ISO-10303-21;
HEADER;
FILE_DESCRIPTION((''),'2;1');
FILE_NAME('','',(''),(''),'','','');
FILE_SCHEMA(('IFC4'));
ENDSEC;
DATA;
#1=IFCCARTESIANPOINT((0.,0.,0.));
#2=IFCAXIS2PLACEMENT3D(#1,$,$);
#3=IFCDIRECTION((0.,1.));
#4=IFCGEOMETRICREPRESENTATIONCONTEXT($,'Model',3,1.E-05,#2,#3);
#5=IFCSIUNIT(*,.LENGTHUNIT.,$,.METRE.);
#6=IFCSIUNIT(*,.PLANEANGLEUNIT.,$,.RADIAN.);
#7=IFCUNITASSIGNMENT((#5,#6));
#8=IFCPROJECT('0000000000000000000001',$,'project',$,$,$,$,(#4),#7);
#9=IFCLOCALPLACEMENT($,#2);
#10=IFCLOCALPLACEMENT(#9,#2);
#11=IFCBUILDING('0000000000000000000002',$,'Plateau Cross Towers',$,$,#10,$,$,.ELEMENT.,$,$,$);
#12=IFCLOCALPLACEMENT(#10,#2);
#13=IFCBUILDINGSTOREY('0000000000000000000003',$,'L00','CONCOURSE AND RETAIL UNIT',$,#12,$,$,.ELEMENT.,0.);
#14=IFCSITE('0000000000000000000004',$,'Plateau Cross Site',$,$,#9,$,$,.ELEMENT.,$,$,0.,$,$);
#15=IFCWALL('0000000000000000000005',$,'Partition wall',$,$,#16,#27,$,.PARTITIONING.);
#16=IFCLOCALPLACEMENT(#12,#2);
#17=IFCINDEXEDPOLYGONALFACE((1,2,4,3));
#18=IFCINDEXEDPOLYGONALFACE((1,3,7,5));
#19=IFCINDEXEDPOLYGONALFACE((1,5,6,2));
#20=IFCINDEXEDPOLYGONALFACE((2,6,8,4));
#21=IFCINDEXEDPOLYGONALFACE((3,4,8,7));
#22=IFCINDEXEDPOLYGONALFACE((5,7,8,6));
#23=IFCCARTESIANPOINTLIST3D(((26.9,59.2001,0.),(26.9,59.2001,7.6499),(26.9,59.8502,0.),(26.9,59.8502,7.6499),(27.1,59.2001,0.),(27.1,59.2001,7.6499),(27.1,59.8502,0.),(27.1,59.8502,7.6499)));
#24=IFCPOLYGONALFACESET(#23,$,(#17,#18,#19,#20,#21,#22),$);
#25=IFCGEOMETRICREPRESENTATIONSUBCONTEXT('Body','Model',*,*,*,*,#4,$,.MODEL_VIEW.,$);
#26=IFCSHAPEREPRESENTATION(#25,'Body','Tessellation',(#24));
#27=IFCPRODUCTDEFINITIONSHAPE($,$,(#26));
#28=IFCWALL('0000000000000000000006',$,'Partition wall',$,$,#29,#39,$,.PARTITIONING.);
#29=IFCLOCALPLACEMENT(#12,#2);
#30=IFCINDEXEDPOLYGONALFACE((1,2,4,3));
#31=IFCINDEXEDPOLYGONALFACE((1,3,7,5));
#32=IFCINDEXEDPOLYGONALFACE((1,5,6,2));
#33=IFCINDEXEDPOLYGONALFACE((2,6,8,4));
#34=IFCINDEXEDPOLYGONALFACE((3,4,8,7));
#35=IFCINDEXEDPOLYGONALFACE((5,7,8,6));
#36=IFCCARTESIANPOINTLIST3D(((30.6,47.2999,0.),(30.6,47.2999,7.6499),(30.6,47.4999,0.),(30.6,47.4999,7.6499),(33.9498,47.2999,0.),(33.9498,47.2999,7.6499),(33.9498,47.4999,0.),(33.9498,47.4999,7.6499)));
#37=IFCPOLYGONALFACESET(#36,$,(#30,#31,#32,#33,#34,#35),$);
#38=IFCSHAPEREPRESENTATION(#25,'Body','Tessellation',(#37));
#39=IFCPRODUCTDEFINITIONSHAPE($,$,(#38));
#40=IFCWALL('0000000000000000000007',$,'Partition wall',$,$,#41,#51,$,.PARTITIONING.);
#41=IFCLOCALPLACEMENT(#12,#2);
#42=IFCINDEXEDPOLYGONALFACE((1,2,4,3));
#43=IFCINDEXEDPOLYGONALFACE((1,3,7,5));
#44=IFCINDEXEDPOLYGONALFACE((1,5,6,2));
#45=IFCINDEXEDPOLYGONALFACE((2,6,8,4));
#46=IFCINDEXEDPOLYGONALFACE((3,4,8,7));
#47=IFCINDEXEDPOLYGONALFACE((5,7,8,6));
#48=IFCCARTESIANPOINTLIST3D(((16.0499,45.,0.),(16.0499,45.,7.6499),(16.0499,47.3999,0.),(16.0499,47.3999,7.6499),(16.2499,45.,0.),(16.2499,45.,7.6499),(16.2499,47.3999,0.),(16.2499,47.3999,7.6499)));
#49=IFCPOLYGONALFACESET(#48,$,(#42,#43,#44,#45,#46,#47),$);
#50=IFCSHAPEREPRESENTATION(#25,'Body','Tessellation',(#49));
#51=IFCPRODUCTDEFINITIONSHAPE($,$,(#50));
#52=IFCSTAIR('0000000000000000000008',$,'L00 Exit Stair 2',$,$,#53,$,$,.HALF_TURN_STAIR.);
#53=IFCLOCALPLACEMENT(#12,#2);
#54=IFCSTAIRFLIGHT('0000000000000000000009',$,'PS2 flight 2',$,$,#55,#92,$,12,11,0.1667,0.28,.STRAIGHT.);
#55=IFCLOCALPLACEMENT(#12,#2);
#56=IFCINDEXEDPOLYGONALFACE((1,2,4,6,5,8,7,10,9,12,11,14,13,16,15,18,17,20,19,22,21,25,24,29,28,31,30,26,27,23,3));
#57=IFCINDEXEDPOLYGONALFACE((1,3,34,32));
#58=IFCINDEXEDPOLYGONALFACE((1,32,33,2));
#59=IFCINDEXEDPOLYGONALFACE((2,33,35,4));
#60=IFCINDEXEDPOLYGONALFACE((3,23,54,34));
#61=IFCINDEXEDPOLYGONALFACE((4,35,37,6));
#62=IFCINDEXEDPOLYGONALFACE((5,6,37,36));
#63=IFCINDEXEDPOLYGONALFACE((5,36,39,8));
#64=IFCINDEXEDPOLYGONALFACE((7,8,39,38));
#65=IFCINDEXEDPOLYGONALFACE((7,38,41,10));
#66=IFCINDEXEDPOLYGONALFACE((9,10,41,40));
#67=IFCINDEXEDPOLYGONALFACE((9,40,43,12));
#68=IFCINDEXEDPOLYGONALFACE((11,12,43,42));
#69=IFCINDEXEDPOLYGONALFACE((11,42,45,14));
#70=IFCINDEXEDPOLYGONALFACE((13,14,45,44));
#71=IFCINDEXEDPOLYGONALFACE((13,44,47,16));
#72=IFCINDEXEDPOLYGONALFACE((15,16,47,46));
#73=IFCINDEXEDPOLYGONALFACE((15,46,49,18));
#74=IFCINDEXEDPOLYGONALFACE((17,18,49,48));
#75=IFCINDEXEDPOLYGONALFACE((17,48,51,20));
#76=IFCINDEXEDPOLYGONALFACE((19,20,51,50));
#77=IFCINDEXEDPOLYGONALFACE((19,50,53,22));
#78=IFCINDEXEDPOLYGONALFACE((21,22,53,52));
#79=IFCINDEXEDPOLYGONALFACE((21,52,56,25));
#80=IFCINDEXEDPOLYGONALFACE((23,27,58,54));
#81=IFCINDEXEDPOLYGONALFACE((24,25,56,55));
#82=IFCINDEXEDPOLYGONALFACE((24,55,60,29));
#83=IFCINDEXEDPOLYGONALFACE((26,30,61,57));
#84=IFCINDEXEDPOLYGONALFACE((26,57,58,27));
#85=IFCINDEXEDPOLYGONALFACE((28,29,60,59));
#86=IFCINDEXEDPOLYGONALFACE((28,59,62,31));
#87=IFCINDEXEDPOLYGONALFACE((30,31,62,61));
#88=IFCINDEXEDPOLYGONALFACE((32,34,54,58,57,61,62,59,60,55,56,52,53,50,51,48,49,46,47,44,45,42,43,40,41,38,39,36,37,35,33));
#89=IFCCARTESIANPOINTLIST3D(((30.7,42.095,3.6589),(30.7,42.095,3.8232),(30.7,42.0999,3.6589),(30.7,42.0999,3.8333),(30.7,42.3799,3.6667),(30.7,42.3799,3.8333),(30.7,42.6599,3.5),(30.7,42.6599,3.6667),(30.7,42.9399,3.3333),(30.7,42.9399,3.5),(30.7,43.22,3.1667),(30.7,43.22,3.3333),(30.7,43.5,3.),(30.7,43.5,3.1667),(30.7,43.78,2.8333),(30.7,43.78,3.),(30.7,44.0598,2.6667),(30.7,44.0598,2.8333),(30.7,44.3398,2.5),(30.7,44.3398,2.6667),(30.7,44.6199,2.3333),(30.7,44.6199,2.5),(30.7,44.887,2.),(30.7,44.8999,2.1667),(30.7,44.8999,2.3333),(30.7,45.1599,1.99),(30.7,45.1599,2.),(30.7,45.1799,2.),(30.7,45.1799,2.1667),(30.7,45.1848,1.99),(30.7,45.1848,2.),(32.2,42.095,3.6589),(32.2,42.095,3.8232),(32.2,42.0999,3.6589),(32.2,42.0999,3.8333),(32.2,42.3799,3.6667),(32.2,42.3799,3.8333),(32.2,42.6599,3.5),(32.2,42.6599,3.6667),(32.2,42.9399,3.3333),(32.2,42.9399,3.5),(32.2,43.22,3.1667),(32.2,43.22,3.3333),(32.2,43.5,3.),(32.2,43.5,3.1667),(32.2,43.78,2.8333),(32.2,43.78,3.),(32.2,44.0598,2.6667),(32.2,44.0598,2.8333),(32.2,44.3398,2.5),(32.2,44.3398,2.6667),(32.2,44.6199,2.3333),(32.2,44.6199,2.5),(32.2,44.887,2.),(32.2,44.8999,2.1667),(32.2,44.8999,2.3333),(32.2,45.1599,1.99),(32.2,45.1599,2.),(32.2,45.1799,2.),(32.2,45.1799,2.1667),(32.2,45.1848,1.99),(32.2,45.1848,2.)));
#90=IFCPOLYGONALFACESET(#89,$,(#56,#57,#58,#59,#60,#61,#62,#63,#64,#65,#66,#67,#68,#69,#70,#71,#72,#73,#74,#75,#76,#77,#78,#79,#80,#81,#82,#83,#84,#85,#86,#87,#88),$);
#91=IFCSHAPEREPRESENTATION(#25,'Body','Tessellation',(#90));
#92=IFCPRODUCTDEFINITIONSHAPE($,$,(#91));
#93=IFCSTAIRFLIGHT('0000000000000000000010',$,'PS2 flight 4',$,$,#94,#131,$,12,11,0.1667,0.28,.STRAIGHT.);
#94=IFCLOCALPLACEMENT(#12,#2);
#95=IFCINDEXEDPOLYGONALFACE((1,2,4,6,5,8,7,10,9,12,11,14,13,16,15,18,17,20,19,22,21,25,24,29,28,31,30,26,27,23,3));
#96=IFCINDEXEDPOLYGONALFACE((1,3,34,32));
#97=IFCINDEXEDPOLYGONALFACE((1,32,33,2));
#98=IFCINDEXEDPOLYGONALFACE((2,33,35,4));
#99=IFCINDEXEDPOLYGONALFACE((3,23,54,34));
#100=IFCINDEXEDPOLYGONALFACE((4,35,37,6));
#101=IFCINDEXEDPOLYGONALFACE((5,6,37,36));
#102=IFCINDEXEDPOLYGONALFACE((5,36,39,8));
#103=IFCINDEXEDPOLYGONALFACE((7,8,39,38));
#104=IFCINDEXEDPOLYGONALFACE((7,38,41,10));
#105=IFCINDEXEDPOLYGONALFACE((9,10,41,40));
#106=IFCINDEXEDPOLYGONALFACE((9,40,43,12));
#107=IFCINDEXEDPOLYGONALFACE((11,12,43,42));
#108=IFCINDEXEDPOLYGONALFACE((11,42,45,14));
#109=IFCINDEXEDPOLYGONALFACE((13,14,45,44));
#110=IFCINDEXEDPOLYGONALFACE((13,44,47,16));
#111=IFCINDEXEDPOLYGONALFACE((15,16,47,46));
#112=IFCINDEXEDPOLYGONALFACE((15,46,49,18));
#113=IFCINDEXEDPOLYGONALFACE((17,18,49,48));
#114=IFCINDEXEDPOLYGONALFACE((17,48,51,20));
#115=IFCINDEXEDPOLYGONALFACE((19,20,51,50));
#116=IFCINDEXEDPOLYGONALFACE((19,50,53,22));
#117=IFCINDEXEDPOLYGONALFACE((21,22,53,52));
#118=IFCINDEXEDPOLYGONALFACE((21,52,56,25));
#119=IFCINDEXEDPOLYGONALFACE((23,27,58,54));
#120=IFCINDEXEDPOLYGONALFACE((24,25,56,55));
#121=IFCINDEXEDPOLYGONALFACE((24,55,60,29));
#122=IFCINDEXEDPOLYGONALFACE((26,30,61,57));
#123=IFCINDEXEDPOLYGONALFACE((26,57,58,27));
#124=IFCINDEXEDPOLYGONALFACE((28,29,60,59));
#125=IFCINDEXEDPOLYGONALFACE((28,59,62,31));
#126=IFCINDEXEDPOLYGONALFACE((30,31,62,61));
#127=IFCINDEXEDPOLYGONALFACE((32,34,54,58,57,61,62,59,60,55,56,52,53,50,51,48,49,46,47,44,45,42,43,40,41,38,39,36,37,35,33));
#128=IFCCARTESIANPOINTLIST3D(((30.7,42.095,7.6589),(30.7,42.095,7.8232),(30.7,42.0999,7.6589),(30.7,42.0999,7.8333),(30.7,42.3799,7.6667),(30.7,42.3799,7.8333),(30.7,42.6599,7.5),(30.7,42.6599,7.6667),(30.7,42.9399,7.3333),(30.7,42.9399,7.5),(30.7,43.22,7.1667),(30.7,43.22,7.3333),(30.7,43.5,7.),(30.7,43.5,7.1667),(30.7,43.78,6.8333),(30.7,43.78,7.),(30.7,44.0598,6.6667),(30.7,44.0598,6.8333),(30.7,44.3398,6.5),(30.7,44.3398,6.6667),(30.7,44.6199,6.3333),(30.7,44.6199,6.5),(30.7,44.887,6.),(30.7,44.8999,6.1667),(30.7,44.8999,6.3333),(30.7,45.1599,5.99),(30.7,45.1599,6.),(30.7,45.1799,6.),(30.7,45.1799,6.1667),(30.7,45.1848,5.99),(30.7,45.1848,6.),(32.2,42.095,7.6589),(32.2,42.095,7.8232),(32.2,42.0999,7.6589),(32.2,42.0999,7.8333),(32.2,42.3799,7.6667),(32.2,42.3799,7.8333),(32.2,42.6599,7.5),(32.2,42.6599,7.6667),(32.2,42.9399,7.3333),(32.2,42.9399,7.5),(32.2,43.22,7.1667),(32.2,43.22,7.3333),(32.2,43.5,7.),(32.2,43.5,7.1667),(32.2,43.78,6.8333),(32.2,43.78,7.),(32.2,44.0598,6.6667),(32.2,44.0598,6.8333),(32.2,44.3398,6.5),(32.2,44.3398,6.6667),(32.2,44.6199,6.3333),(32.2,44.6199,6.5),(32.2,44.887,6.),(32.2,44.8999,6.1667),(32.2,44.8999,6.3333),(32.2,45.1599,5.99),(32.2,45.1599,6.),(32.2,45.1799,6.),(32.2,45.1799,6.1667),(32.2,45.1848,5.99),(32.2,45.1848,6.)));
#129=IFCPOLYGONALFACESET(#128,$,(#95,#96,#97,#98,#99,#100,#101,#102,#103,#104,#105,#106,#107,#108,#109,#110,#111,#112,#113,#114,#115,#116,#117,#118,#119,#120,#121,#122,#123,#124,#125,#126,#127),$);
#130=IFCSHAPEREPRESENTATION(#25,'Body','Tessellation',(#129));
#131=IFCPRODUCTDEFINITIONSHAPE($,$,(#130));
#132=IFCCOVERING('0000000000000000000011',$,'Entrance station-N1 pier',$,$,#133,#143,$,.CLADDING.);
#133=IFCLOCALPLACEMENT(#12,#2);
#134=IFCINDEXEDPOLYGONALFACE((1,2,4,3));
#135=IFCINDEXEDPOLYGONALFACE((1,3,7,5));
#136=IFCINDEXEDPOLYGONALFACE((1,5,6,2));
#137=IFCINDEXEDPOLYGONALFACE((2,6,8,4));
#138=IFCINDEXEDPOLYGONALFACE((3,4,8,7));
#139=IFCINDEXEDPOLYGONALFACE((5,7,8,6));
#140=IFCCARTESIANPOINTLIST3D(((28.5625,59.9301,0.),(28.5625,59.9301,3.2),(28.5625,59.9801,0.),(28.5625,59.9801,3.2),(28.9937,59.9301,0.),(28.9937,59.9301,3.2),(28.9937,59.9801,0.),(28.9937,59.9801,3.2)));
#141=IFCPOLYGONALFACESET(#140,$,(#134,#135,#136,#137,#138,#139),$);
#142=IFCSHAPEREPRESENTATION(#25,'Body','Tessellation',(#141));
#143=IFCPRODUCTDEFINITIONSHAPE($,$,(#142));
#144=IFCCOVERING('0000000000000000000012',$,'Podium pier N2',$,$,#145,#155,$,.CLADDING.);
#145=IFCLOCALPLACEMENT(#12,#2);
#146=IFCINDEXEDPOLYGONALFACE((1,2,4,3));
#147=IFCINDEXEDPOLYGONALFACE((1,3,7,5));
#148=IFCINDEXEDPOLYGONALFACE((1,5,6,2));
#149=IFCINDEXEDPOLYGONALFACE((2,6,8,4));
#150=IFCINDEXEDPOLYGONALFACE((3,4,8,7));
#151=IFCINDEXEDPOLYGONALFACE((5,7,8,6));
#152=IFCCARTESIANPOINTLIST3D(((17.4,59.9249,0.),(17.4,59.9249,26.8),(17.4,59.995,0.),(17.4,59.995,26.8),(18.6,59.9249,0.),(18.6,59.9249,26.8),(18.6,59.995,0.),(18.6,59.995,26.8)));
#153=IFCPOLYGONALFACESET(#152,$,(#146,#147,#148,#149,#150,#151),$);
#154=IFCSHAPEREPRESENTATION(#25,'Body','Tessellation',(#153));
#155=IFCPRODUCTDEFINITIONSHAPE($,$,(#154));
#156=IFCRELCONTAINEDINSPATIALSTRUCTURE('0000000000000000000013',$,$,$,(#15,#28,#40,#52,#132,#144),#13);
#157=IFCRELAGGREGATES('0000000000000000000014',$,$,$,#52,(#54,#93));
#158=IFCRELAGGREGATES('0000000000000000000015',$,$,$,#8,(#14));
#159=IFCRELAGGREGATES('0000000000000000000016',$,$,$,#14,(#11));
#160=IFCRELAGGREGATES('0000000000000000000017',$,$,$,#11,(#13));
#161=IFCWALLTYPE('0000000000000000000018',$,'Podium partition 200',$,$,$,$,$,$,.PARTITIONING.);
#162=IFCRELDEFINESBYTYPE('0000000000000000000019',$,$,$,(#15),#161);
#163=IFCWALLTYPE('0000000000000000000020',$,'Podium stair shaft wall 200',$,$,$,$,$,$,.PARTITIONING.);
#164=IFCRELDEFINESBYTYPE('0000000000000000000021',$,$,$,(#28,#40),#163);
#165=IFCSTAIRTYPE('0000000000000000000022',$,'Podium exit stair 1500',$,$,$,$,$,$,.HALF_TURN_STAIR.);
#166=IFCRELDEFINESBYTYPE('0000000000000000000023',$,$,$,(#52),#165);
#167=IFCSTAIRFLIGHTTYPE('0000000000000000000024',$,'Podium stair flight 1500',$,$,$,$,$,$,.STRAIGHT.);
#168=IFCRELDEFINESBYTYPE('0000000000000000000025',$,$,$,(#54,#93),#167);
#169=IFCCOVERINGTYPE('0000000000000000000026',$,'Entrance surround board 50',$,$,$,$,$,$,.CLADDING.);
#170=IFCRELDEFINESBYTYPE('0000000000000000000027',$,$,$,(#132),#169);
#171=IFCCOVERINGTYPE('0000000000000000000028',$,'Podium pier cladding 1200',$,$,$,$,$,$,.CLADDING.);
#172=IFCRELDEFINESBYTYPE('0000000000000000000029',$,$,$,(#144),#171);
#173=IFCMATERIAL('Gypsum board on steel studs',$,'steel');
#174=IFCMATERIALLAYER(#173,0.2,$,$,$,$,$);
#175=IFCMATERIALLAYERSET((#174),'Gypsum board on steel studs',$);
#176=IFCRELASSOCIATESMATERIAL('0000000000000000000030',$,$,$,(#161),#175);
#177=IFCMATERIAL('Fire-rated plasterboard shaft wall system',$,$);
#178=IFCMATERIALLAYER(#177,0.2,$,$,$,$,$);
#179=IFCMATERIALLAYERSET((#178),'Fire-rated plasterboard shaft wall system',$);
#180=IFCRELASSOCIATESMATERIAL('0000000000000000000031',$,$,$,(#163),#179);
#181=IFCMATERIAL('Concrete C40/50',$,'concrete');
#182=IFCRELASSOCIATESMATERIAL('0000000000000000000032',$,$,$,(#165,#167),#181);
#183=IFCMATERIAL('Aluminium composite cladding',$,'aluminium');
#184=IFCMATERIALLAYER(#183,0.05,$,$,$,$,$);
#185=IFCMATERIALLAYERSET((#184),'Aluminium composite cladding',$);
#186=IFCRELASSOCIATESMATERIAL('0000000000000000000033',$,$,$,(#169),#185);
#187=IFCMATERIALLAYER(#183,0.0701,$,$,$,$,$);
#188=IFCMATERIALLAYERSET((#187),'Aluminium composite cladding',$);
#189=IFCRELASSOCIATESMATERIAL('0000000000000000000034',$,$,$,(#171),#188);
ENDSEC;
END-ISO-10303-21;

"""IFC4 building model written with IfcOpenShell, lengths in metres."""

from ifc_helpers import new_model, si_unit, direction, frame, frame_2d, origin, origin_2d, place, context, subcontext, project, spatial, polyline, rectangle, outline, extrude, material, layer, layer_set, type_object, element, aggregate, save


model = new_model("IFC4")

# Units and contexts
model_context = context("Model", 3, precision=1e-05, world=origin(), true_north=direction((0.0, 1.0)))
body_context = subcontext(model_context, "Body", "Model", "MODEL_VIEW")
ifc_project = project(units=[si_unit("LENGTHUNIT", "METRE"), si_unit("PLANEANGLEUNIT", "RADIAN")], contexts=[model_context])

# Site, building, storey
site_placement = place(None, origin())
site = spatial("IfcSite", under=ifc_project, at=site_placement, Name="Plateau Cross Site", CompositionType="ELEMENT", RefElevation=0.0)
building_placement = place(site_placement, origin())
building = spatial("IfcBuilding", under=site, at=building_placement, Name="Plateau Cross Towers", CompositionType="ELEMENT")
storey_placement = place(building_placement, origin())
storey = spatial("IfcBuildingStorey", under=building, at=storey_placement, Name="L00", Description="CONCOURSE AND RETAIL UNIT", CompositionType="ELEMENT", Elevation=0.0)

# Walls
ifc_material_1 = material(Name="Gypsum board on steel studs", Category="steel")
ifc_layer_1 = layer(ifc_material_1, 0.2)
ifc_layer_set_1 = layer_set([ifc_layer_1], Name="Gypsum board on steel studs")
wall_type_1 = type_object("IfcWallType", Name="Podium partition 200", PredefinedType="PARTITIONING", material=ifc_layer_set_1)
wall_1_placement = place(storey_placement, frame((27.0, 59.2, 0.0), z_axis=(0.0, 0.0, 1.0), x_axis=(0.0, 1.0, 0.0)))
element("IfcWall", 1, at=wall_1_placement, inside=storey, type_object=wall_type_1, Name="Partition wall", PredefinedType="PARTITIONING", context=body_context, shape_type="SweptSolid", body=[
    extrude(rectangle(XDim=0.6501, YDim=0.2, at=frame_2d((0.3252, 0.0))), origin(), (0.0, 0.0, 1.0), 7.6499),
])
ifc_material_2 = material(Name="Fire-rated plasterboard shaft wall system")
ifc_layer_2 = layer(ifc_material_2, 0.2)
ifc_layer_set_2 = layer_set([ifc_layer_2], Name="Fire-rated plasterboard shaft wall system")
wall_type_2 = type_object("IfcWallType", Name="Podium stair shaft wall 200", PredefinedType="PARTITIONING", material=ifc_layer_set_2)
wall_2_placement = place(storey_placement, frame((30.6001, 47.3999, 0.0), z_axis=(0.0, 0.0, 1.0), x_axis=(1.0, 0.0, 0.0)))
element("IfcWall", 2, at=wall_2_placement, inside=storey, type_object=wall_type_2, Name="Partition wall", PredefinedType="PARTITIONING", context=body_context, shape_type="SweptSolid", body=[
    extrude(rectangle(XDim=3.3499, YDim=0.2, at=frame_2d((1.6748, 0.0))), origin(), (0.0, 0.0, 1.0), 7.6499),
])
wall_3_placement = place(storey_placement, frame((16.1499, 47.3999, 0.0), z_axis=(0.0, 0.0, 1.0), x_axis=(0.0, -1.0, 0.0)))
element("IfcWall", 3, at=wall_3_placement, inside=storey, type_object=wall_type_2, Name="Partition wall", PredefinedType="PARTITIONING", context=body_context, shape_type="SweptSolid", body=[
    extrude(rectangle(XDim=2.3999, YDim=0.2, at=frame_2d((1.2, 0.0))), origin(), (0.0, 0.0, 1.0), 7.6499),
])

# Stair, stair flights
ifc_material_3 = material(Name="Concrete C40/50", Category="concrete")
stair_type = type_object("IfcStairType", Name="Podium exit stair 1500", PredefinedType="HALF_TURN_STAIR", material=ifc_material_3)
stair_placement = place(storey_placement, origin())
stair = element("IfcStair", 4, at=stair_placement, inside=storey, type_object=stair_type, Name="L00 Exit Stair 2", PredefinedType="HALF_TURN_STAIR")
stair_flight_type = type_object("IfcStairFlightType", Name="Podium stair flight 1500", PredefinedType="STRAIGHT", material=ifc_material_3)
stair_flight_1_placement = place(storey_placement, frame((31.45, 45.1799, 2.0), z_axis=(0.0, 0.0, 1.0), x_axis=(0.0, -1.0, 0.0)))
stair_flight_1 = element("IfcStairFlight", 5, at=stair_flight_1_placement, type_object=stair_flight_type, Name="PS2 flight 2", NumberOfRisers=12, NumberOfTreads=11, PredefinedType="STRAIGHT", RiserHeight=0.1667, TreadLength=0.28, context=body_context, shape_type="SweptSolid", body=[
    extrude(outline(polyline([(-0.0049, -0.01), (-0.0049, 0.0), (0.0, 0.0), (0.0, 0.1667), (0.28, 0.1667), (0.28, 0.3333), (0.5601, 0.3333), (0.5601, 0.5), (0.8401, 0.5), (0.8401, 0.6667), (1.1201, 0.6667), (1.1201, 0.8333), (1.3999, 0.8333), (1.3999, 1.0), (1.6799, 1.0), (1.6799, 1.1667), (1.96, 1.1667), (1.96, 1.3333), (2.24, 1.3333), (2.24, 1.5), (2.52, 1.5), (2.52, 1.6667), (2.8, 1.6667), (2.8, 1.8333), (3.0801, 1.8333), (3.085, 1.8232), (3.085, 1.6589), (3.0801, 1.6589), (0.293, 0.0), (0.02, 0.0), (0.02, -0.01), (-0.0049, -0.01)])), frame((0.0, 0.75, 0.0), z_axis=(0.0, -1.0, 0.0), x_axis=(1.0, 0.0, 0.0)), (0.0, 0.0, 1.0), 1.5),
])
stair_flight_2_placement = place(storey_placement, frame((31.45, 45.1799, 6.0), z_axis=(0.0, 0.0, 1.0), x_axis=(0.0, -1.0, 0.0)))
stair_flight_2 = element("IfcStairFlight", 6, at=stair_flight_2_placement, type_object=stair_flight_type, Name="PS2 flight 4", NumberOfRisers=12, NumberOfTreads=11, PredefinedType="STRAIGHT", RiserHeight=0.1667, TreadLength=0.28, context=body_context, shape_type="SweptSolid", body=[
    extrude(outline(polyline([(-0.0049, -0.01), (-0.0049, 0.0), (0.0, 0.0), (0.0, 0.1667), (0.28, 0.1667), (0.28, 0.3333), (0.5601, 0.3333), (0.5601, 0.5), (0.8401, 0.5), (0.8401, 0.6667), (1.1201, 0.6667), (1.1201, 0.8333), (1.3999, 0.8333), (1.3999, 1.0), (1.6799, 1.0), (1.6799, 1.1667), (1.96, 1.1667), (1.96, 1.3333), (2.24, 1.3333), (2.24, 1.5), (2.52, 1.5), (2.52, 1.6667), (2.8, 1.6667), (2.8, 1.8333), (3.0801, 1.8333), (3.085, 1.8232), (3.085, 1.6589), (3.0801, 1.6589), (0.293, 0.0), (0.02, 0.0), (0.02, -0.01), (-0.0049, -0.01)])), frame((0.0, 0.75, 0.0), z_axis=(0.0, -1.0, 0.0), x_axis=(1.0, 0.0, 0.0)), (0.0, 0.0, 1.0), 1.5),
])
aggregate(stair, [stair_flight_1, stair_flight_2])

# Coverings
ifc_material_4 = material(Name="Aluminium composite cladding", Category="aluminium")
ifc_layer_3 = layer(ifc_material_4, 0.05)
ifc_layer_set_3 = layer_set([ifc_layer_3], Name="Aluminium composite cladding")
covering_type_1 = type_object("IfcCoveringType", Name="Entrance surround board 50", PredefinedType="CLADDING", material=ifc_layer_set_3)
covering_1_placement = place(storey_placement, frame((28.7781, 59.9551, 0.0), z_axis=(0.0, 0.0, 1.0), x_axis=(-1.0, 0.0, 0.0)))
element("IfcCovering", 7, at=covering_1_placement, inside=storey, type_object=covering_type_1, Name="Entrance station-N1 pier", PredefinedType="CLADDING", context=body_context, shape_type="SweptSolid", body=[
    extrude(rectangle(XDim=0.4312, YDim=0.05, at=origin_2d()), origin(), (0.0, 0.0, 1.0), 3.2),
])
ifc_layer_4 = layer(ifc_material_4, 0.0701)
ifc_layer_set_4 = layer_set([ifc_layer_4], Name="Aluminium composite cladding")
covering_type_2 = type_object("IfcCoveringType", Name="Podium pier cladding 1200", PredefinedType="CLADDING", material=ifc_layer_set_4)
covering_2_placement = place(storey_placement, frame((18.0, 59.96, 0.0), z_axis=(0.0, 0.0, 1.0), x_axis=(-1.0, 0.0, 0.0)))
element("IfcCovering", 8, at=covering_2_placement, inside=storey, type_object=covering_type_2, Name="Podium pier N2", PredefinedType="CLADDING", context=body_context, shape_type="SweptSolid", body=[
    extrude(rectangle(XDim=1.2, YDim=0.0701, at=origin_2d()), origin(), (0.0, 0.0, 1.0), 26.8),
])

save(model, "model.ifc")
